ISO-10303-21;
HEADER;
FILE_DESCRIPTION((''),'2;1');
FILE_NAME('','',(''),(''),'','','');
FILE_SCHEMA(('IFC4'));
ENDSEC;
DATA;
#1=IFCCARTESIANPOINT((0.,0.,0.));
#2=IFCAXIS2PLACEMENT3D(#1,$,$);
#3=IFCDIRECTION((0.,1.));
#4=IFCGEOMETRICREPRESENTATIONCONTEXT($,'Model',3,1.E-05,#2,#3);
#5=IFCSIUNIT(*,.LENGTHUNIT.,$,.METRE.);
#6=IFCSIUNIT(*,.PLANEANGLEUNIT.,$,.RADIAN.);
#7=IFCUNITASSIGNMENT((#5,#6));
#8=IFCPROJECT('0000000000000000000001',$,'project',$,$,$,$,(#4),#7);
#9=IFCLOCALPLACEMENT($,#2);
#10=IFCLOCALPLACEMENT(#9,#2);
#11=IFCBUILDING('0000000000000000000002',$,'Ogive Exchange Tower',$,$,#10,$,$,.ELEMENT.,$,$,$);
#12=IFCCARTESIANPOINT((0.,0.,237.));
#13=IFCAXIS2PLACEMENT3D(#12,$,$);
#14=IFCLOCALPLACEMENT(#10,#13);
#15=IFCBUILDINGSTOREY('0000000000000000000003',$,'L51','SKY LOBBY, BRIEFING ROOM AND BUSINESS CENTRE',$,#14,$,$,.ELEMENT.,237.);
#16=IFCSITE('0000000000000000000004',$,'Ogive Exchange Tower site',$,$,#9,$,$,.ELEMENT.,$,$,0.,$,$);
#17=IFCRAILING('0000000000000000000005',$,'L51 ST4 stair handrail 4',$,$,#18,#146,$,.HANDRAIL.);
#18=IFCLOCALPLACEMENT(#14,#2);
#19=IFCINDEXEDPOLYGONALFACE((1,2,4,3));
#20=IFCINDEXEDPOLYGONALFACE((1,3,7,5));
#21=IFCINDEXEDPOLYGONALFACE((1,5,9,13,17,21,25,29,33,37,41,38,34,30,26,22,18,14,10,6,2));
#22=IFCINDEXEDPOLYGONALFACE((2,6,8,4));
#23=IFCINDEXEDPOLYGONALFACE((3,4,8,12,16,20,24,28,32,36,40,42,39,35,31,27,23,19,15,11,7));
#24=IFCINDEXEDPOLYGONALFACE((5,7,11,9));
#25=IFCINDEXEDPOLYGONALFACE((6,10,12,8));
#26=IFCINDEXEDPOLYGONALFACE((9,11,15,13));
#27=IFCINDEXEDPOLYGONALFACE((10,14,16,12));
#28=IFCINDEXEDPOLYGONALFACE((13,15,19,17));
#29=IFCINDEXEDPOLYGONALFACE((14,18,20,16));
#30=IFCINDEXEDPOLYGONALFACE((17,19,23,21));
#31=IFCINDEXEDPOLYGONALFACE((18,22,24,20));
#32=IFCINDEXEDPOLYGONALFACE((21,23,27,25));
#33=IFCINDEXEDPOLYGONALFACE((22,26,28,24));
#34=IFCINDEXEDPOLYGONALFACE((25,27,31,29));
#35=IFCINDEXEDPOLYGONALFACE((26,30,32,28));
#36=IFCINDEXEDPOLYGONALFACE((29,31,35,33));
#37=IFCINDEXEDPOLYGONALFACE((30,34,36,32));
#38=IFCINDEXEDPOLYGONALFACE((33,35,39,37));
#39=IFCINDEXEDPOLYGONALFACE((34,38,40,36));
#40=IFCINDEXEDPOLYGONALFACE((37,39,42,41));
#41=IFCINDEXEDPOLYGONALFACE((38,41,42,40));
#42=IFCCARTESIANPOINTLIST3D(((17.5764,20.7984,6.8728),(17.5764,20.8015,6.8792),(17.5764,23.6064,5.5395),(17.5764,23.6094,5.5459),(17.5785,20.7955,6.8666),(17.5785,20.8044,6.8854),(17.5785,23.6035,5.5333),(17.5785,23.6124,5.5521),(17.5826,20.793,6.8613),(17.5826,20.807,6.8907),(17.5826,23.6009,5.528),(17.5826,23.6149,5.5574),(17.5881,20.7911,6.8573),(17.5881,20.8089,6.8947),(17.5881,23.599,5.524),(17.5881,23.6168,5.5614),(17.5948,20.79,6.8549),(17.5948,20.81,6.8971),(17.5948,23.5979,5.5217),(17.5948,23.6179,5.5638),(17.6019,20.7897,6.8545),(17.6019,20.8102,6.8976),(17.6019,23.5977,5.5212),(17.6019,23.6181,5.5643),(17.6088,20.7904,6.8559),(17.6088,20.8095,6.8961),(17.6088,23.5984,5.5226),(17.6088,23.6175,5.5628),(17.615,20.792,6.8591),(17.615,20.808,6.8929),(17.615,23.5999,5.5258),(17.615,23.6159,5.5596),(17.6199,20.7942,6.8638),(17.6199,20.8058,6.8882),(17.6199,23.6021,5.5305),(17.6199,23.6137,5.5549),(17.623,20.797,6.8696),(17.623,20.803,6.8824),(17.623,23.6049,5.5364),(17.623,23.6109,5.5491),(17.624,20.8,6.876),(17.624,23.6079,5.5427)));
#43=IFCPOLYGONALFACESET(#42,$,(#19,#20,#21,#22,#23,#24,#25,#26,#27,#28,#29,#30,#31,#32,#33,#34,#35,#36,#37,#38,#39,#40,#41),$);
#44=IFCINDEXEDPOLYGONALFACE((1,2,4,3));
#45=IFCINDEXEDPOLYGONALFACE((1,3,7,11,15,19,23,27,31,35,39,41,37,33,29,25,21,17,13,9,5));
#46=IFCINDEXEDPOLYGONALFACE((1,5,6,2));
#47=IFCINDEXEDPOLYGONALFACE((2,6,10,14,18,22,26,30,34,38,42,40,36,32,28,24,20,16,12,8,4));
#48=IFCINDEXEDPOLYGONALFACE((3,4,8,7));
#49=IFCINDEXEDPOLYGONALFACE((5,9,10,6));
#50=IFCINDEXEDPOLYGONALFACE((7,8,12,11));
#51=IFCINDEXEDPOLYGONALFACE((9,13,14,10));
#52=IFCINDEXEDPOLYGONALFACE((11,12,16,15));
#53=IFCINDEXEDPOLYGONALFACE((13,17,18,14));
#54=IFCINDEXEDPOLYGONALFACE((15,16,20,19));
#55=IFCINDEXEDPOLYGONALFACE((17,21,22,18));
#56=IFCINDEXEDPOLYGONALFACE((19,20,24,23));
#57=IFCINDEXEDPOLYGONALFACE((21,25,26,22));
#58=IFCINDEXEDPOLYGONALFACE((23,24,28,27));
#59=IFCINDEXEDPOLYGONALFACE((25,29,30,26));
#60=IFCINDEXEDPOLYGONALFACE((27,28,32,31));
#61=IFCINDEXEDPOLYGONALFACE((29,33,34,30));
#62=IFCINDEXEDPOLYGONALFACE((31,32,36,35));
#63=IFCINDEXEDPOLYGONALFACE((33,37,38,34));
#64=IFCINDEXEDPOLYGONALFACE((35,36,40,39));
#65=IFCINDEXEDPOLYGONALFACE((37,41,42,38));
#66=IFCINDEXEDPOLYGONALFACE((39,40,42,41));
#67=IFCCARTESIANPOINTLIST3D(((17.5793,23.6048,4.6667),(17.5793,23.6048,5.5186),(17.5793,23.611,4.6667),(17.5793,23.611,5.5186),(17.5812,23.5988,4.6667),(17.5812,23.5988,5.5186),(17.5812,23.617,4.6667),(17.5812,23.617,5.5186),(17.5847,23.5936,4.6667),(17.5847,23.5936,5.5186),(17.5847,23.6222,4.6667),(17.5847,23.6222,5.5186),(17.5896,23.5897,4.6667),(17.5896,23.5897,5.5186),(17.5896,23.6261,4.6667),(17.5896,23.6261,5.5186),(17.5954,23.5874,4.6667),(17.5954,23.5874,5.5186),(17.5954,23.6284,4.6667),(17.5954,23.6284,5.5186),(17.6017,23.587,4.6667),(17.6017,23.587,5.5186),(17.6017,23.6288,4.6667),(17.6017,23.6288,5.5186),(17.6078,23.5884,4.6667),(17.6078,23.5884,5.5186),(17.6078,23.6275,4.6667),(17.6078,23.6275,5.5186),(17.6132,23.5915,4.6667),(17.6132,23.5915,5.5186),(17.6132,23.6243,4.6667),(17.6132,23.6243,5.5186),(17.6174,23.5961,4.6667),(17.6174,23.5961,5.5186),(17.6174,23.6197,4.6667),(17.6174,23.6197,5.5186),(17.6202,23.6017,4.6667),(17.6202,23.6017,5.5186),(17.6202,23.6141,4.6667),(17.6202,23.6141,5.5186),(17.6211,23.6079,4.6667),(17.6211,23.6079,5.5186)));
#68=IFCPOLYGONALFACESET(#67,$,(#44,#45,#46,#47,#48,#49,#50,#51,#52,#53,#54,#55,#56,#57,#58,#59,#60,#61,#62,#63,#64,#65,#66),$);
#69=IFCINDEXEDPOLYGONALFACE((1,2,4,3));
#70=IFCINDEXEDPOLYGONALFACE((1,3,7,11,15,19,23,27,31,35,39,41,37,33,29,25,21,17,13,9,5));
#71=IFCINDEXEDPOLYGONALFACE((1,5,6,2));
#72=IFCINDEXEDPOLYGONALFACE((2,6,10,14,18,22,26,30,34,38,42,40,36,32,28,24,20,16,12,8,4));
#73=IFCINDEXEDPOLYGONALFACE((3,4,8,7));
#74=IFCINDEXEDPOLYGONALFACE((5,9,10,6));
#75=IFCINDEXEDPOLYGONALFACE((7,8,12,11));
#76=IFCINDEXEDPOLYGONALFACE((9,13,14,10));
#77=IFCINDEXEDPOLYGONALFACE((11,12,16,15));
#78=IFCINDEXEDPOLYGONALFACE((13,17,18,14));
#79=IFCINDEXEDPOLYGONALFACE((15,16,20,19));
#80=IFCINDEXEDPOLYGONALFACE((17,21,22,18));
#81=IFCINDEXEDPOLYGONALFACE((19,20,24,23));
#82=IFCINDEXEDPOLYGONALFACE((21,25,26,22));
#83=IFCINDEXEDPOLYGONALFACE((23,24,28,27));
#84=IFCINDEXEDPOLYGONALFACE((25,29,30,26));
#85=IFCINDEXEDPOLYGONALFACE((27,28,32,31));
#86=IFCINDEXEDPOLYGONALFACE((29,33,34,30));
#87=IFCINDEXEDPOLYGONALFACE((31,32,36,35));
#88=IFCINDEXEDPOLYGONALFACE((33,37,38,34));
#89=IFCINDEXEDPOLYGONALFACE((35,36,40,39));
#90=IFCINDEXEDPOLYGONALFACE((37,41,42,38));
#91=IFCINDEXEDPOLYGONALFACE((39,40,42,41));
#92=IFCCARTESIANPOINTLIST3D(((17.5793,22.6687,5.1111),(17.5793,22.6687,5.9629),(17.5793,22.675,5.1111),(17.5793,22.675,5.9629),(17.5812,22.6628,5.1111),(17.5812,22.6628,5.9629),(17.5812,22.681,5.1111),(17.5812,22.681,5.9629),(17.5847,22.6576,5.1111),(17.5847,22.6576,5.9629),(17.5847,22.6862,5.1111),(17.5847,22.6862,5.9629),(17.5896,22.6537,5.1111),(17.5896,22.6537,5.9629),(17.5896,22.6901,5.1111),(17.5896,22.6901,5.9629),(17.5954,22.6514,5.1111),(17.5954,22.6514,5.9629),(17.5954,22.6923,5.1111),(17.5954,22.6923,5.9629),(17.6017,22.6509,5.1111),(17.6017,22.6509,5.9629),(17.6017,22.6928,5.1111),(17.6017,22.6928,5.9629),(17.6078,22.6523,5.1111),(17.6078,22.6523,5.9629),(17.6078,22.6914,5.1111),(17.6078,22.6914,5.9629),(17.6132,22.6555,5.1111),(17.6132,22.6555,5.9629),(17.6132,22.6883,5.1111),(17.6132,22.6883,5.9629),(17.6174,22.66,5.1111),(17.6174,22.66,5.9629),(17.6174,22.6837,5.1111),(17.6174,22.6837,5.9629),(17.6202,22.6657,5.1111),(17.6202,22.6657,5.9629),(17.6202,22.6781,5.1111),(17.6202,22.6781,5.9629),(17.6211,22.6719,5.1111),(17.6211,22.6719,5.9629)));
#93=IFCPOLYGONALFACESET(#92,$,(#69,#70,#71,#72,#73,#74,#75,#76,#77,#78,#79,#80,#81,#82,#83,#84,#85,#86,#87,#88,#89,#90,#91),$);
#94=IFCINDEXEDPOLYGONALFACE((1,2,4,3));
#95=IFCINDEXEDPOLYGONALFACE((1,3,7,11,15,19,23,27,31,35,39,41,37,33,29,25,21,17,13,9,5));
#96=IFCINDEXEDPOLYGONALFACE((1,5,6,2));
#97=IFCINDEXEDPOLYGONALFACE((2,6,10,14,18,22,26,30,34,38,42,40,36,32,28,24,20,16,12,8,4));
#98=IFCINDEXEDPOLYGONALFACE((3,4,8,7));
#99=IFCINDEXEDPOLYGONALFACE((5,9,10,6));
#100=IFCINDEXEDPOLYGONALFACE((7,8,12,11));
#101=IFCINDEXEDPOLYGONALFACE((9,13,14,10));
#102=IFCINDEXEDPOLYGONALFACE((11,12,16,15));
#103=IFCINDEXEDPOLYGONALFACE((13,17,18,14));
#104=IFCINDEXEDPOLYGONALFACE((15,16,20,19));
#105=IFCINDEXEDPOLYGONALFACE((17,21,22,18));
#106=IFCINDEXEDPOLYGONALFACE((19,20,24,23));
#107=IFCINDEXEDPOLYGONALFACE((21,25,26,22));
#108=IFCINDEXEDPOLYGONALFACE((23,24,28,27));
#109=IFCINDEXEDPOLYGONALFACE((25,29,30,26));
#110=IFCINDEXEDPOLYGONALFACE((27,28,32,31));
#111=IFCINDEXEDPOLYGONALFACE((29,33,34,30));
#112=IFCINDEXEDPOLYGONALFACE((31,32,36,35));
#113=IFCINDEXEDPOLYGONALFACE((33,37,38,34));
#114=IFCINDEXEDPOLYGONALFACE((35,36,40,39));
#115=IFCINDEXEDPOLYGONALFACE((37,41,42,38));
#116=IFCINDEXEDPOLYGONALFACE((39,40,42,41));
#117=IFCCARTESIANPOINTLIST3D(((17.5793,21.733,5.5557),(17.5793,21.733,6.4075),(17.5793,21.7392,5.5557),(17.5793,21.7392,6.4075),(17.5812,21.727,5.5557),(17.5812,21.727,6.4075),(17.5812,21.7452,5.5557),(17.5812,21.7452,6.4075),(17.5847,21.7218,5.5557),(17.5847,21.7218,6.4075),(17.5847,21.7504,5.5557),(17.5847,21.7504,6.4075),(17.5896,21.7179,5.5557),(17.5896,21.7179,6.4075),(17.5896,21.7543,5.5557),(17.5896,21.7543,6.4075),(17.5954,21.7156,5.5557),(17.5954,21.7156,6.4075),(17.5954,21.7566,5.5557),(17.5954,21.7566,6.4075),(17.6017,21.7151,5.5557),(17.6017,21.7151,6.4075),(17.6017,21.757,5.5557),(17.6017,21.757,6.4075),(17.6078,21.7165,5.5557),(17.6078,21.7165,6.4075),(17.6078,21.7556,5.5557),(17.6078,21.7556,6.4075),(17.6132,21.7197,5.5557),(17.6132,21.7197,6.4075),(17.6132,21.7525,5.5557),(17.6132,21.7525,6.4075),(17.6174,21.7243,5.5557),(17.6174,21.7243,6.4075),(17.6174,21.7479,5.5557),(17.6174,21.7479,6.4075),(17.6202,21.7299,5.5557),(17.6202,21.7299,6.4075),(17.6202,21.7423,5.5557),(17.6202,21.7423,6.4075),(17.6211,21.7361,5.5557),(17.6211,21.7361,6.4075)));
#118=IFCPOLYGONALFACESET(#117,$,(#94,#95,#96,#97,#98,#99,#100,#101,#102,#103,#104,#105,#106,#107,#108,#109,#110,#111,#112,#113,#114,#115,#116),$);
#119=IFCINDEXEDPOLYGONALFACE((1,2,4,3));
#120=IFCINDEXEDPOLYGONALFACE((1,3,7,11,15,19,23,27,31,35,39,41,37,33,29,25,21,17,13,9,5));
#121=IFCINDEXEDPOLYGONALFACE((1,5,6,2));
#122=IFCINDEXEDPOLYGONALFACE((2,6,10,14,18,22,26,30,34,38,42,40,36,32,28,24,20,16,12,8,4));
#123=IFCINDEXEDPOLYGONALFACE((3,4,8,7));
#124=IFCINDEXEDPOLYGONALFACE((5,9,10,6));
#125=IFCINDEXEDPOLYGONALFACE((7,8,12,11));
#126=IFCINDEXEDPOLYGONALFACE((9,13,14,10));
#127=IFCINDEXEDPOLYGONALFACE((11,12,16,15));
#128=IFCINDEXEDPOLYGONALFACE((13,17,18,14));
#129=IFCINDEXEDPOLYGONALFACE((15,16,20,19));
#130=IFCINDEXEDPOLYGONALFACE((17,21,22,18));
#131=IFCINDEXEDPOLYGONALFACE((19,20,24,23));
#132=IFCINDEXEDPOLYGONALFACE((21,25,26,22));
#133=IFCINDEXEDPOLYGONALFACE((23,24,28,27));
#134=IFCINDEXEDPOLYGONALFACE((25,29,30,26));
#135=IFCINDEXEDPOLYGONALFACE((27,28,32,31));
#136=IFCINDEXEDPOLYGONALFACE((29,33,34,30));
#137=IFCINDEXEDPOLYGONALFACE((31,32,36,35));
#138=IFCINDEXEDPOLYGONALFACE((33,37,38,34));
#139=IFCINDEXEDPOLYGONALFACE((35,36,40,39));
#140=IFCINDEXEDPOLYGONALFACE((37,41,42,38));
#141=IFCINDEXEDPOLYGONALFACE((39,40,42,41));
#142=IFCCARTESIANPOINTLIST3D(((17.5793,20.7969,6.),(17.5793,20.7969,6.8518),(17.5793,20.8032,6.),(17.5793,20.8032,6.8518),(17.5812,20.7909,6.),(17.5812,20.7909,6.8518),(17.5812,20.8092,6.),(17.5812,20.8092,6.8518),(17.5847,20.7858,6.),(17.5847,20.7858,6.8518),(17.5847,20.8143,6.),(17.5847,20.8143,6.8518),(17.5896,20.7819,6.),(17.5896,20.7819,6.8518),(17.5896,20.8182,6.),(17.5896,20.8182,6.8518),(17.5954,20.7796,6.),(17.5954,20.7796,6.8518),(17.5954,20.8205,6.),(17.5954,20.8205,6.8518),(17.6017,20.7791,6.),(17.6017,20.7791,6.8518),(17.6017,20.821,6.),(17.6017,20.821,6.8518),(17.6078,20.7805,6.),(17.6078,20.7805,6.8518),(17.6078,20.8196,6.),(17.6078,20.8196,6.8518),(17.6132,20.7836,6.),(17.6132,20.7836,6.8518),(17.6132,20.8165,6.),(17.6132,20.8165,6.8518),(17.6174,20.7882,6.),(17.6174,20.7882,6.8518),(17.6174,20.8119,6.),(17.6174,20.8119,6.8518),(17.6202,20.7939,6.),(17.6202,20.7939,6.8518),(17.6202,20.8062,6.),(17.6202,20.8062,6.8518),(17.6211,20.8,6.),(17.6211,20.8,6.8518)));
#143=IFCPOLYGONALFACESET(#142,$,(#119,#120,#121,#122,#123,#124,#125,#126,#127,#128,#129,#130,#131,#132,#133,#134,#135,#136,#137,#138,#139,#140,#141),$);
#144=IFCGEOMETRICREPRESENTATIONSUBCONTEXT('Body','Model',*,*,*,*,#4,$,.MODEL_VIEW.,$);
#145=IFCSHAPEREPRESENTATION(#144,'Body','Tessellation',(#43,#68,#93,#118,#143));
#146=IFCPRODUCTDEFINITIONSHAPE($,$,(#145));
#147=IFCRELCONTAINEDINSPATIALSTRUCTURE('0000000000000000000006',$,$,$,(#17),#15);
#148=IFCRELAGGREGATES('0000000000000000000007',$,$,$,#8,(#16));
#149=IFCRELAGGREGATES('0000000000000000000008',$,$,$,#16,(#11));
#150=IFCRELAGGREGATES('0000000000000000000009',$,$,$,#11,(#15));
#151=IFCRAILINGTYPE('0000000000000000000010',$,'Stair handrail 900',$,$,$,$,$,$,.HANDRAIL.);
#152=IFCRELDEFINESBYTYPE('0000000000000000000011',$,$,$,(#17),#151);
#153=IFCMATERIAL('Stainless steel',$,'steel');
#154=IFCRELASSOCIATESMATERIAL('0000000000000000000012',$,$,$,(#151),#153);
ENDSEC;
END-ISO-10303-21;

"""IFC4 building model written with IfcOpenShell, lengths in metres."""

from ifc_helpers import new_model, si_unit, direction, frame, origin, origin_2d, place, context, subcontext, project, spatial, circle, extrude, material, type_object, element, save


model = new_model("IFC4")

# Units and contexts
model_context = context("Model", 3, precision=1e-05, world=origin(), true_north=direction((0.0, 1.0)))
body_context = subcontext(model_context, "Body", "Model", "MODEL_VIEW")
ifc_project = project(units=[si_unit("LENGTHUNIT", "METRE"), si_unit("PLANEANGLEUNIT", "RADIAN")], contexts=[model_context])

# Site, building, storey
site_placement = place(None, origin())
site = spatial("IfcSite", under=ifc_project, at=site_placement, Name="Ogive Exchange Tower site", CompositionType="ELEMENT", RefElevation=0.0)
building_placement = place(site_placement, origin())
building = spatial("IfcBuilding", under=site, at=building_placement, Name="Ogive Exchange Tower", CompositionType="ELEMENT")
storey_placement = place(building_placement, frame((0.0, 0.0, 237.0)))
storey = spatial("IfcBuildingStorey", under=building, at=storey_placement, Name="L51", Description="SKY LOBBY, BRIEFING ROOM AND BUSINESS CENTRE", CompositionType="ELEMENT", Elevation=237.0)

# Railing
ifc_material_1 = material(Name="Stainless steel", Category="steel")
railing_type = type_object("IfcRailingType", Name="Stair handrail 900", PredefinedType="HANDRAIL", material=ifc_material_1)
railing_1_placement = place(storey_placement, frame((17.6001, 23.6079, 4.6667)))
element("IfcRailing", 1, at=railing_1_placement, inside=storey, type_object=railing_type, Name="L51 ST4 stair handrail 4", PredefinedType="HANDRAIL", context=body_context, shape_type="SweptSolid", body=[
    extrude(circle(Radius=0.0239, at=origin_2d()), frame((0.0, 0.0, 0.876), z_axis=(0.0, -0.903338, 0.42893), x_axis=(1.0, 0.0, 0.0)), (0.0, 0.0, 1.0), 3.1084),
    extrude(circle(Radius=0.021, at=origin_2d()), origin(), (0.0, 0.0, 1.0), 0.8518),
    extrude(circle(Radius=0.021, at=origin_2d()), frame((0.0, -0.936, 0.4443)), (0.0, 0.0, 1.0), 0.8518),
    extrude(circle(Radius=0.021, at=origin_2d()), frame((0.0, -1.8718, 0.8889)), (0.0, 0.0, 1.0), 0.8518),
    extrude(circle(Radius=0.021, at=origin_2d()), frame((0.0, -2.8079, 1.3333)), (0.0, 0.0, 1.0), 0.8518),
])

save(model, "model.ifc")
